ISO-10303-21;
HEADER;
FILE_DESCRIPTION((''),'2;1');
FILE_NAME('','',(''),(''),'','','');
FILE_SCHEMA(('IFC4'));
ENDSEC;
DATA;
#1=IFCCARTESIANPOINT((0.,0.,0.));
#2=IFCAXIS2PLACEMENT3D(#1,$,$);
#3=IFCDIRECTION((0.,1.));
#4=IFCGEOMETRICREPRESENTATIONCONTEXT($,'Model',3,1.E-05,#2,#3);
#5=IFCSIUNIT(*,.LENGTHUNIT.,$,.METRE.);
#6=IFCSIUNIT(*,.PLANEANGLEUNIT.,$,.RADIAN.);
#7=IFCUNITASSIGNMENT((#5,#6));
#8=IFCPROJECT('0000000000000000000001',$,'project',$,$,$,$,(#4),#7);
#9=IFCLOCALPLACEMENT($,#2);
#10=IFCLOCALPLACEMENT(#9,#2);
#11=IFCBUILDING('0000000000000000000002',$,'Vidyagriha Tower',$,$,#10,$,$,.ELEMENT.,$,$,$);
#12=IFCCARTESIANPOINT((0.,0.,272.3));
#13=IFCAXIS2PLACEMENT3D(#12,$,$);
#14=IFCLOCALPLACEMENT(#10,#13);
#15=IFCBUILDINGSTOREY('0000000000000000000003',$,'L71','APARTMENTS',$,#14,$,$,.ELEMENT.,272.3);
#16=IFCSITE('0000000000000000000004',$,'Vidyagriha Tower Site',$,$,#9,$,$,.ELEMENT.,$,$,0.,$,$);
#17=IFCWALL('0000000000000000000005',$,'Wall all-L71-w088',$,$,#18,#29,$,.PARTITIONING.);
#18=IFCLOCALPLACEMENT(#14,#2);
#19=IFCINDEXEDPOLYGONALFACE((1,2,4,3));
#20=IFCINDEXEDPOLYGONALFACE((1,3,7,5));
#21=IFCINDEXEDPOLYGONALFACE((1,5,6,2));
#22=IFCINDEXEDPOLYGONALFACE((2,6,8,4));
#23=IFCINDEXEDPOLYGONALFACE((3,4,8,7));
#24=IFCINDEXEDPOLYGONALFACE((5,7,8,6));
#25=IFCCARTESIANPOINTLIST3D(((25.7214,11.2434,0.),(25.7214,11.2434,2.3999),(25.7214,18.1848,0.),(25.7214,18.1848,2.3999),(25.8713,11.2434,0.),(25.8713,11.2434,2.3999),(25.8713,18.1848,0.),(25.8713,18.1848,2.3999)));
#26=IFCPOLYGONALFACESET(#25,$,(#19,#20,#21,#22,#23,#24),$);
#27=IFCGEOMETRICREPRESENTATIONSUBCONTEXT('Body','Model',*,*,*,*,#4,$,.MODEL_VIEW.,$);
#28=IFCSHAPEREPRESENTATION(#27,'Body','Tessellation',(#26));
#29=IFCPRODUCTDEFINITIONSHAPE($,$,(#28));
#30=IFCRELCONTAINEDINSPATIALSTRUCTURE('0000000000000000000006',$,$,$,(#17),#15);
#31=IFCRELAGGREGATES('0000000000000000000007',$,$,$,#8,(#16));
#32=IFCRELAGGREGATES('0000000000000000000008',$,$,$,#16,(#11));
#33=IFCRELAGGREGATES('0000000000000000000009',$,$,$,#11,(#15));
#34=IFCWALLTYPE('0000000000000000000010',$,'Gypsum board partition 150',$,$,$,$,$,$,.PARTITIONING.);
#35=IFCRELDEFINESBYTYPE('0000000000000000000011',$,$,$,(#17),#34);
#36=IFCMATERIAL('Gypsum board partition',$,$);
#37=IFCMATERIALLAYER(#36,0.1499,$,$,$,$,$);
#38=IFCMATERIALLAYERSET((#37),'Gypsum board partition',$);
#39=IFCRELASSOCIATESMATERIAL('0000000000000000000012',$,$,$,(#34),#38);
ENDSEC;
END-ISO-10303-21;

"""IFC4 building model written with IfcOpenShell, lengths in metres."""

from ifc_helpers import new_model, si_unit, direction, frame, frame_2d, origin, place, context, subcontext, project, spatial, rectangle, extrude, material, layer, layer_set, type_object, element, save


model = new_model("IFC4")

# Units and contexts
model_context = context("Model", 3, precision=1e-05, world=origin(), true_north=direction((0.0, 1.0)))
body_context = subcontext(model_context, "Body", "Model", "MODEL_VIEW")
ifc_project = project(units=[si_unit("LENGTHUNIT", "METRE"), si_unit("PLANEANGLEUNIT", "RADIAN")], contexts=[model_context])

# Site, building, storey
site_placement = place(None, origin())
site = spatial("IfcSite", under=ifc_project, at=site_placement, Name="Vidyagriha Tower Site", CompositionType="ELEMENT", RefElevation=0.0)
building_placement = place(site_placement, origin())
building = spatial("IfcBuilding", under=site, at=building_placement, Name="Vidyagriha Tower", CompositionType="ELEMENT")
storey_placement = place(building_placement, frame((0.0, 0.0, 272.3)))
storey = spatial("IfcBuildingStorey", under=building, at=storey_placement, Name="L71", Description="APARTMENTS", CompositionType="ELEMENT", Elevation=272.3)

# Wall
ifc_material_1 = material(Name="Gypsum board partition")
ifc_layer_1 = layer(ifc_material_1, 0.1499)
ifc_layer_set_1 = layer_set([ifc_layer_1], Name="Gypsum board partition")
wall_type_1 = type_object("IfcWallType", Name="Gypsum board partition 150", PredefinedType="PARTITIONING", material=ifc_layer_set_1)
wall_1_placement = place(storey_placement, frame((25.7964, 18.1848, 0.0), z_axis=(0.0, 0.0, 1.0), x_axis=(0.0, -1.0, 0.0)))
element("IfcWall", 1, at=wall_1_placement, inside=storey, type_object=wall_type_1, Name="Wall all-L71-w088", PredefinedType="PARTITIONING", context=body_context, shape_type="SweptSolid", body=[
    extrude(rectangle(XDim=6.9414, YDim=0.1499, at=frame_2d((3.4707, 0.0))), origin(), (0.0, 0.0, 1.0), 2.3999),
])

save(model, "model.ifc")
